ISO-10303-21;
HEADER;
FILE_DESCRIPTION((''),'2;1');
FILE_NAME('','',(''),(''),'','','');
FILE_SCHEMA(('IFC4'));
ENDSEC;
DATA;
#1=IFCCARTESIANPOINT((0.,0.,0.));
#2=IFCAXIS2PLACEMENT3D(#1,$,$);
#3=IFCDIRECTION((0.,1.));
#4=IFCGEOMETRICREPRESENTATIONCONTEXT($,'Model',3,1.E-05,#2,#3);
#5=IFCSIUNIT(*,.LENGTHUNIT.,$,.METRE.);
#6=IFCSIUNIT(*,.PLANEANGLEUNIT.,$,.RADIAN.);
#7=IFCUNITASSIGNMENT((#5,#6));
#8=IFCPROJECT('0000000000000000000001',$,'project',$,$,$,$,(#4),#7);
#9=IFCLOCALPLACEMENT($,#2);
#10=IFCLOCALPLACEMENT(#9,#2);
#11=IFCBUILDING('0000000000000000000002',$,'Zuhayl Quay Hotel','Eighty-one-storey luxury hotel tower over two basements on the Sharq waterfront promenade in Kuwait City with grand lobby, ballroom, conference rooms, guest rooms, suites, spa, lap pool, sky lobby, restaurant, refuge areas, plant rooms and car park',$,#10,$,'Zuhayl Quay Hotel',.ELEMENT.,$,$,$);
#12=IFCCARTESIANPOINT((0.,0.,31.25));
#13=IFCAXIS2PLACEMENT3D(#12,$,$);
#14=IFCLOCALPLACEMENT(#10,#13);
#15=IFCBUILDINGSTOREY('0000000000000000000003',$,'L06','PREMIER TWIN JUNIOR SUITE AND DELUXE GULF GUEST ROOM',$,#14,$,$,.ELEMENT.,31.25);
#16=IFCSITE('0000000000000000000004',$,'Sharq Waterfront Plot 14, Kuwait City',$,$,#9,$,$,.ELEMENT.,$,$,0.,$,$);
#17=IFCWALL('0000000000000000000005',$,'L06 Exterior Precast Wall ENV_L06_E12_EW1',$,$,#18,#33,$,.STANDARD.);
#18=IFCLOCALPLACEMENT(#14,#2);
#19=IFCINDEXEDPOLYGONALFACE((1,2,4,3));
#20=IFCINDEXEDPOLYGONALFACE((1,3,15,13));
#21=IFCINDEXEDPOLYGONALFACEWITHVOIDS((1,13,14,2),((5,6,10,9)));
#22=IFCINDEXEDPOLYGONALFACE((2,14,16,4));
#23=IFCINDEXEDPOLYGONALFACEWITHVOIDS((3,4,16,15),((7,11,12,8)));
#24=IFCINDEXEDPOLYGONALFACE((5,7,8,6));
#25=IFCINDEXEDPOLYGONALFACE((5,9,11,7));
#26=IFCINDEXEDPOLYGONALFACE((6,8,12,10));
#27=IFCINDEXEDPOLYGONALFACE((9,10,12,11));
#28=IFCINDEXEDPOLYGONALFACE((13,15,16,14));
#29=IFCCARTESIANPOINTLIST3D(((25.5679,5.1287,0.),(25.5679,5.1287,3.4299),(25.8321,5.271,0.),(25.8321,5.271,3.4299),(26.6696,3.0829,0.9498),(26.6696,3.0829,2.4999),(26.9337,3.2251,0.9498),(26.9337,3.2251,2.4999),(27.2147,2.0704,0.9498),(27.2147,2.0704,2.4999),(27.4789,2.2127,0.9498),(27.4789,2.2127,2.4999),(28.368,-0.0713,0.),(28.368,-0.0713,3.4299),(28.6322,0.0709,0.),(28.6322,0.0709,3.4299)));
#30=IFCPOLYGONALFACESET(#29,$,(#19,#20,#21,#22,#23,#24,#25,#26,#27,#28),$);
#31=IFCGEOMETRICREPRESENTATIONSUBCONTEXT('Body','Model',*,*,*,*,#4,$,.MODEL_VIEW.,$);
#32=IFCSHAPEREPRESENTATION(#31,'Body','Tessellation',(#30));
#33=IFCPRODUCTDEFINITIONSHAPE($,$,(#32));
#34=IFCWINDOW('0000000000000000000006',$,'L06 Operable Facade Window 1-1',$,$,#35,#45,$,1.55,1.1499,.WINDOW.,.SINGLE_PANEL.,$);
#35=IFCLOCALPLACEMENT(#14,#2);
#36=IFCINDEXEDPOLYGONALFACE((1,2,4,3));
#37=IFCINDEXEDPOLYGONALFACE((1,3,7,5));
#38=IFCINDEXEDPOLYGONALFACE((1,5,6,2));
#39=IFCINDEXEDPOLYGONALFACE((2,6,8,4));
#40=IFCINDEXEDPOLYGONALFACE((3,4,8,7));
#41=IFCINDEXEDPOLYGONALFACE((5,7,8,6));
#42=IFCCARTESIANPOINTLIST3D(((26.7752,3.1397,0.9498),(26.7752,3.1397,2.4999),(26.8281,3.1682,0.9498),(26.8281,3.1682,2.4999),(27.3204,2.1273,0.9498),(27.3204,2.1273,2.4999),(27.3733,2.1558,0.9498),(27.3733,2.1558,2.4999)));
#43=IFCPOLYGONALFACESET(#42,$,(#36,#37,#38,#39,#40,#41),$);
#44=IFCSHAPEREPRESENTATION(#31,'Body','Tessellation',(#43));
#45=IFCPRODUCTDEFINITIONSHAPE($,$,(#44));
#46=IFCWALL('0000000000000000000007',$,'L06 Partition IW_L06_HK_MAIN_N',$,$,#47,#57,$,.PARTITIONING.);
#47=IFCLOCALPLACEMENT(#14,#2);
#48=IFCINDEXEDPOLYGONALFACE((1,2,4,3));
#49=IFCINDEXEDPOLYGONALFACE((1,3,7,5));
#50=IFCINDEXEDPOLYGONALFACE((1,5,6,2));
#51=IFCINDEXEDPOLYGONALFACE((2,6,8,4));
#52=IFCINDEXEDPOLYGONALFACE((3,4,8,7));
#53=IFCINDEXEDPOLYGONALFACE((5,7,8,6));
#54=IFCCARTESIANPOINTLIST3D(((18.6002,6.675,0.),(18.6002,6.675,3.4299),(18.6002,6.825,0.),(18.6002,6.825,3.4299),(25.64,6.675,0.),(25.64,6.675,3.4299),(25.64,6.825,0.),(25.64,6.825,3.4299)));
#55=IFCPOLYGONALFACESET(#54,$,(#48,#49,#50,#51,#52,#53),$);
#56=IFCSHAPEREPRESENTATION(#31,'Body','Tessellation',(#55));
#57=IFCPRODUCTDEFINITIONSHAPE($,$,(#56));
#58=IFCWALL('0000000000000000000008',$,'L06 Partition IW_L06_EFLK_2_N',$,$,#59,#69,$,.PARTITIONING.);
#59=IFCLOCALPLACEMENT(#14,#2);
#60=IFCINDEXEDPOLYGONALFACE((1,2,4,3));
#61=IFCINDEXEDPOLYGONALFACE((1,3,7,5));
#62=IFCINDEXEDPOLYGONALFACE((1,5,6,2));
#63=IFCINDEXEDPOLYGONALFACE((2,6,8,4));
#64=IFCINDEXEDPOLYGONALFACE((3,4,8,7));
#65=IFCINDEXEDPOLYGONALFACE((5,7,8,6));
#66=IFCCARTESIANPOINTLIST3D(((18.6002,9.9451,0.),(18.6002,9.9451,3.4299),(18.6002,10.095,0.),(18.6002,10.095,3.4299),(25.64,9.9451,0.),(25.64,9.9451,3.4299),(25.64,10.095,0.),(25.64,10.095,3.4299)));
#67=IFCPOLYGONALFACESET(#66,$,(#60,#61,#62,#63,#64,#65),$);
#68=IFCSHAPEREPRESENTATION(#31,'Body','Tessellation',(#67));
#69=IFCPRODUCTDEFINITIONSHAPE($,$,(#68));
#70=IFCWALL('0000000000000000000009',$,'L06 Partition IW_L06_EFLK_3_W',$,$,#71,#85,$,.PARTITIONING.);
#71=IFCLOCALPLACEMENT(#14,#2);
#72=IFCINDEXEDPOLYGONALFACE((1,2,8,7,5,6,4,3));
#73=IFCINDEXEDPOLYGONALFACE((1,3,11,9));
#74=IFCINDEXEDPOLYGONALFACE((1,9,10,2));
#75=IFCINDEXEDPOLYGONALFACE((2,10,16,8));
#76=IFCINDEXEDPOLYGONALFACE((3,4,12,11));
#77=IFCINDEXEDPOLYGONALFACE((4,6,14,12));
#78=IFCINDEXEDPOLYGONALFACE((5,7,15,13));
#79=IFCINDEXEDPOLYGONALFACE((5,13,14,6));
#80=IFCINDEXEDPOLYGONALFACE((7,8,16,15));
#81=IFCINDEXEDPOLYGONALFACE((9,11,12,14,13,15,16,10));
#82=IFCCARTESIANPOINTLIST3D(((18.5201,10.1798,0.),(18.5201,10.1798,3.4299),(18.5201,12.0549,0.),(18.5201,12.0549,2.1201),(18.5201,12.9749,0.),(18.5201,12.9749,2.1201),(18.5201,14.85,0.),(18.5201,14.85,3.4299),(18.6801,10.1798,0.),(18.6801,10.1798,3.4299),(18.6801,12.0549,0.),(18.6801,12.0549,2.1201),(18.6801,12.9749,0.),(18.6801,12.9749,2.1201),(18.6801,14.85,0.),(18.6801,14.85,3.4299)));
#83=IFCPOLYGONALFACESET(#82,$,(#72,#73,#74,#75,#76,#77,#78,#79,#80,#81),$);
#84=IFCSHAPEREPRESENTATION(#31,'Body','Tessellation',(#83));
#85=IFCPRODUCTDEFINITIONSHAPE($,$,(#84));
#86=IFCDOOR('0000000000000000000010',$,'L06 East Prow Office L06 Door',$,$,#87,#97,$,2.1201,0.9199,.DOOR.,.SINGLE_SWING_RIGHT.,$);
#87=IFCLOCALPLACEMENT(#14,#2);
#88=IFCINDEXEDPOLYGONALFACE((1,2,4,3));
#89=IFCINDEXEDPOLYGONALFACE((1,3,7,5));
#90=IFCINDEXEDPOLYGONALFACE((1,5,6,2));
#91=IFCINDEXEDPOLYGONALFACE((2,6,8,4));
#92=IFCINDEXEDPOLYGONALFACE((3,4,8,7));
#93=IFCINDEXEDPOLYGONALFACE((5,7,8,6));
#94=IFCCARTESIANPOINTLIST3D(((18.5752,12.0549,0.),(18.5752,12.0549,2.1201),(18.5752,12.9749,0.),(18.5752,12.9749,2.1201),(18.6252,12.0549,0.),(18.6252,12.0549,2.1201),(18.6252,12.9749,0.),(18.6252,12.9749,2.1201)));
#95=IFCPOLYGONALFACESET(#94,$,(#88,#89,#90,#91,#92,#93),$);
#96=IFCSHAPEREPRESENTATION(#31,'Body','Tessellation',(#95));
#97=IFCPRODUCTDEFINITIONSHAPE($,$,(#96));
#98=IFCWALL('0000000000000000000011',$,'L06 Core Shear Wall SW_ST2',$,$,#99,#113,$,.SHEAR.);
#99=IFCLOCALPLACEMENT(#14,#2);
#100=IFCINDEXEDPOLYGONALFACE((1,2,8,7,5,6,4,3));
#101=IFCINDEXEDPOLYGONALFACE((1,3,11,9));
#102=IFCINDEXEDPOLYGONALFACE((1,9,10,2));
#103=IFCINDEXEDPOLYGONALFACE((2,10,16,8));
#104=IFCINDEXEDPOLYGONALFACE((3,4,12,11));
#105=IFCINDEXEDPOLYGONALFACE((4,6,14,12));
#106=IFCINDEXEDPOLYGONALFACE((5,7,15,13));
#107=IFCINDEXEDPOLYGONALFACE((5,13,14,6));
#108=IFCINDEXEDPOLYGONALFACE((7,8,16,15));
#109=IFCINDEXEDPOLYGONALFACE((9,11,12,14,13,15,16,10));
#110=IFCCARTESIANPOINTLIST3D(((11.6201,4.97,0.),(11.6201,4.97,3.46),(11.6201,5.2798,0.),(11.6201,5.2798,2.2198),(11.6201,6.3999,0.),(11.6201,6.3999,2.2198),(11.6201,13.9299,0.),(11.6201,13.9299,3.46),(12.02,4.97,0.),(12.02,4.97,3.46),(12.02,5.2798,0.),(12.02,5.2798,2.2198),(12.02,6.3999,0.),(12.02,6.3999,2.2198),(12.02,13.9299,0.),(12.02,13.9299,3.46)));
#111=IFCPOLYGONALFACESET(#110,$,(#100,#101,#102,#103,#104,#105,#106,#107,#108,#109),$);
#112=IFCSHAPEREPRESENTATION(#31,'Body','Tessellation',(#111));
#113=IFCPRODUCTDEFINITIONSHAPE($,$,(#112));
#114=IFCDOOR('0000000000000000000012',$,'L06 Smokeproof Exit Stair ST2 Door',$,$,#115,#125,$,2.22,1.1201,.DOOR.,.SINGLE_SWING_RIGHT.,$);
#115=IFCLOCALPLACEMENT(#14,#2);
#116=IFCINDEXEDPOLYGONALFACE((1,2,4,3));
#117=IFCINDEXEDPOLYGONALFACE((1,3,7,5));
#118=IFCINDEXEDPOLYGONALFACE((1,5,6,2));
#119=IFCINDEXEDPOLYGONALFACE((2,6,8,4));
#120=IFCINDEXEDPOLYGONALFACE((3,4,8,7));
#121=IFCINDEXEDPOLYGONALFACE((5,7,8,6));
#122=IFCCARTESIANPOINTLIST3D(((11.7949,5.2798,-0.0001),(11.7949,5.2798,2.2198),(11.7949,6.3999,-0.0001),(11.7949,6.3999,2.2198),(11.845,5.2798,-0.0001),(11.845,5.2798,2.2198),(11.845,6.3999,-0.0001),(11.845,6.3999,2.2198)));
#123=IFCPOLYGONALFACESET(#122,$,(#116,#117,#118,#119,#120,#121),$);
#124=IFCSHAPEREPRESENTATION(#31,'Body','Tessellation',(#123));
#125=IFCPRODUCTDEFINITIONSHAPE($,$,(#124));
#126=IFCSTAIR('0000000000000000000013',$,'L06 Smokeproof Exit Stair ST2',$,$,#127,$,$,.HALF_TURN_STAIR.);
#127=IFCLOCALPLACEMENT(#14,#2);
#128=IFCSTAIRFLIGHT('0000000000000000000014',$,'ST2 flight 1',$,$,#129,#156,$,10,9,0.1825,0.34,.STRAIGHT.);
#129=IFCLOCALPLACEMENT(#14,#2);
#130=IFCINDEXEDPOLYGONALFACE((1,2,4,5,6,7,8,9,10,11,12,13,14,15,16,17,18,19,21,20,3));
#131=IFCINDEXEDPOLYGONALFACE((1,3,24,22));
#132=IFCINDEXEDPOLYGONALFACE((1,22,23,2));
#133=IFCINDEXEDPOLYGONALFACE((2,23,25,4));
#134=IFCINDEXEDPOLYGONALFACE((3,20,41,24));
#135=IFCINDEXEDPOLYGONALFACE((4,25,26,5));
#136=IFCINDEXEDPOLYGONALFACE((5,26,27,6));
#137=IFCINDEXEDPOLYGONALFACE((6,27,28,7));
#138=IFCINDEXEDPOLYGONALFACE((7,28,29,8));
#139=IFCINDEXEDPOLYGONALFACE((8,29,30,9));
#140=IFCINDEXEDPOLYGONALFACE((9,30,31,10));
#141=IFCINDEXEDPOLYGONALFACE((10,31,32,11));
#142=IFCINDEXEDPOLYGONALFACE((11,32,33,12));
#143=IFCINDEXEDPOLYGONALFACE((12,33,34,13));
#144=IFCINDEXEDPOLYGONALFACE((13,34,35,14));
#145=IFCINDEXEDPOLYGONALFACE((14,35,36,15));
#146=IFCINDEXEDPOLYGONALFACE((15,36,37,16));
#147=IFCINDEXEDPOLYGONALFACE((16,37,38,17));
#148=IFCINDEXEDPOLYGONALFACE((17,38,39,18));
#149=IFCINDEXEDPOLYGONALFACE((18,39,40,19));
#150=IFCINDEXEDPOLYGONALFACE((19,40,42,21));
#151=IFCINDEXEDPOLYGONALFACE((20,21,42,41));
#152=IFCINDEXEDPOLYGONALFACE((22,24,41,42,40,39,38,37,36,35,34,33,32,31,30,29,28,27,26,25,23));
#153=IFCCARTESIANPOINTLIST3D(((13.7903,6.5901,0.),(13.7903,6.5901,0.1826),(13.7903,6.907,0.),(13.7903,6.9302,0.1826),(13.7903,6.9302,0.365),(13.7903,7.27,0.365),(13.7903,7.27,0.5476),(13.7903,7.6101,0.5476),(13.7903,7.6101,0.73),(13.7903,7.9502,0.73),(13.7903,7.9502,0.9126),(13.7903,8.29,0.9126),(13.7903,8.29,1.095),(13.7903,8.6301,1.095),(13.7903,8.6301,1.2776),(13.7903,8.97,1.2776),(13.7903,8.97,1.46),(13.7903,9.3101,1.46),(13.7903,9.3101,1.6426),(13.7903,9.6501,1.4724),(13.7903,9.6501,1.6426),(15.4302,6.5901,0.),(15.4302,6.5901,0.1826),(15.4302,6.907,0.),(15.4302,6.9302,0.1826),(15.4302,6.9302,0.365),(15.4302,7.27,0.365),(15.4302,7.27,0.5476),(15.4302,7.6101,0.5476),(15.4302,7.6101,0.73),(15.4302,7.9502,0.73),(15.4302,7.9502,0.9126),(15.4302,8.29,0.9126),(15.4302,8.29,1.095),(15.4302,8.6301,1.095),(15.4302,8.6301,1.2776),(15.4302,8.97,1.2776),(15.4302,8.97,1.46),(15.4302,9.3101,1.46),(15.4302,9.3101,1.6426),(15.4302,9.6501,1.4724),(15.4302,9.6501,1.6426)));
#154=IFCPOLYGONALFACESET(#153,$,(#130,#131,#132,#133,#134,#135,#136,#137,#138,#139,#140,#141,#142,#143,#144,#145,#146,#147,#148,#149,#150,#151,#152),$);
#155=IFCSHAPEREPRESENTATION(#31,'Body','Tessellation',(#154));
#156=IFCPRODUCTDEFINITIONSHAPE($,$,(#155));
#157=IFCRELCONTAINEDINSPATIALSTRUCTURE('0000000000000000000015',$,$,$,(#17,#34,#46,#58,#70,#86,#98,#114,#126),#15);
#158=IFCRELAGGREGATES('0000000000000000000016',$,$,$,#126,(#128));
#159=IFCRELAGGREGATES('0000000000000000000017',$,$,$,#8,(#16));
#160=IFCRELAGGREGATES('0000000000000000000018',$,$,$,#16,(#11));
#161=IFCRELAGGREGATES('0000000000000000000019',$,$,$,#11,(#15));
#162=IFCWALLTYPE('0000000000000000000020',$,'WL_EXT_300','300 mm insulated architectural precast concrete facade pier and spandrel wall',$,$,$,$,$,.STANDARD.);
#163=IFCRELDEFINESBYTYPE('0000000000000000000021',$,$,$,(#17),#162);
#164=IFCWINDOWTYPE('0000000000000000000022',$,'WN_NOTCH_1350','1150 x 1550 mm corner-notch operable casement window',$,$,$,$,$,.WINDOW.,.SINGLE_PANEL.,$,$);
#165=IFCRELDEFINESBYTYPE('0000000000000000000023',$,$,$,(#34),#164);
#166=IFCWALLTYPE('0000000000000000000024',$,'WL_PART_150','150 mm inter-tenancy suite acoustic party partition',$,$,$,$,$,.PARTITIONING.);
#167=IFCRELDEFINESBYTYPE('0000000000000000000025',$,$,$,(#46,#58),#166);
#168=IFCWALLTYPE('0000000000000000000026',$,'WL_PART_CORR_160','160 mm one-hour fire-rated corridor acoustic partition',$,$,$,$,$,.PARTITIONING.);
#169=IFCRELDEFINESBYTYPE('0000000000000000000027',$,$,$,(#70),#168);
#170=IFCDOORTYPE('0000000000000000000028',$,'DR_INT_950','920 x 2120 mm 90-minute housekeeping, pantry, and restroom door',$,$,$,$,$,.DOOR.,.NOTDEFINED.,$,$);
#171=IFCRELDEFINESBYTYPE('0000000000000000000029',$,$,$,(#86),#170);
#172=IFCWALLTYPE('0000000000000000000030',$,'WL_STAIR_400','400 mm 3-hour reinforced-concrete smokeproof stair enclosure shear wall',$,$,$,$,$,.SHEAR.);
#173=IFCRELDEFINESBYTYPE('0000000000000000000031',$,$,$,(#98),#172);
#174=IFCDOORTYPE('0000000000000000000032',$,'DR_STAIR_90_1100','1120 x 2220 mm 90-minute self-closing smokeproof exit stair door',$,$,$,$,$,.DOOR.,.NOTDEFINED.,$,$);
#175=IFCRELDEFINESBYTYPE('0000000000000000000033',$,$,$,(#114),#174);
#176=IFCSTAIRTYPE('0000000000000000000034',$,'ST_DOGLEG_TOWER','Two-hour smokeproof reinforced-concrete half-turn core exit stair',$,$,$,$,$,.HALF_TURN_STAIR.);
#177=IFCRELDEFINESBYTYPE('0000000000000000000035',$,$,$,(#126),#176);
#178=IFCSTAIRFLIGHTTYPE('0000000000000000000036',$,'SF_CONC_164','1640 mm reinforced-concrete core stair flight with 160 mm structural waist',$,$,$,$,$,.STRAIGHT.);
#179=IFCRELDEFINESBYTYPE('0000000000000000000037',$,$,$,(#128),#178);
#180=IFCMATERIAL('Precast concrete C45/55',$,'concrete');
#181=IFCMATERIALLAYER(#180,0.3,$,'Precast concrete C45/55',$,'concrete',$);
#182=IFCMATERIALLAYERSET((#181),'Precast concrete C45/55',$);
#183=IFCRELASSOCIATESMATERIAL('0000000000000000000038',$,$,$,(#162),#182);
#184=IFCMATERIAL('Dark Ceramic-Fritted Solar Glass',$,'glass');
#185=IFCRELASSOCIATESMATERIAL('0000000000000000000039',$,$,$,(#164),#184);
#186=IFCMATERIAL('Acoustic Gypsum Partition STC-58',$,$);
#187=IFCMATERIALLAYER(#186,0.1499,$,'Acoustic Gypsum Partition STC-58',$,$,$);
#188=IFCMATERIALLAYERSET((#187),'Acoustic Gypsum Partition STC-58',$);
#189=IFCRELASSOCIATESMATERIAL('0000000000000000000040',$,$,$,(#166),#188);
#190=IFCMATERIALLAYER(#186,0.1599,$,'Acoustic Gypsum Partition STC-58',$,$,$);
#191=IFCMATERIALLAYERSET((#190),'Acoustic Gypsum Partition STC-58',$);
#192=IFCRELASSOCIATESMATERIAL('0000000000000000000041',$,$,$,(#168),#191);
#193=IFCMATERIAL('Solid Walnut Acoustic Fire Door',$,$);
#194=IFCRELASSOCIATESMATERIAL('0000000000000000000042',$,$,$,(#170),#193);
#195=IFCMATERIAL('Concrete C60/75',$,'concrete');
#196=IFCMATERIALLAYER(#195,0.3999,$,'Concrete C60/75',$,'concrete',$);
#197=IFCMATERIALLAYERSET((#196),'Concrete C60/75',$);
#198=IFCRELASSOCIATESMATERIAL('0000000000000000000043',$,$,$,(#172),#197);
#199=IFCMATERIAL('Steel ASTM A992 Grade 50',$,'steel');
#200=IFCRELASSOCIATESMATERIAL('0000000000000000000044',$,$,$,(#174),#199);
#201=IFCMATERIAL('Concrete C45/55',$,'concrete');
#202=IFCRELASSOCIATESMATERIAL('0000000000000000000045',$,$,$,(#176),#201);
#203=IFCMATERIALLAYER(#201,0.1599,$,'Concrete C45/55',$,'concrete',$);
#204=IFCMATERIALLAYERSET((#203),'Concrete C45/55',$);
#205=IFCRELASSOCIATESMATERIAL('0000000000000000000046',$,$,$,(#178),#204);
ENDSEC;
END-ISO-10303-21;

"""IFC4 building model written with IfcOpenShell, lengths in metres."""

from ifc_helpers import new_model, si_unit, direction, frame, frame_2d, origin, place, context, subcontext, project, spatial, polyline, rectangle, outline, extrude, material, layer, layer_set, type_object, element, fill, aggregate, save


model = new_model("IFC4")

# Units and contexts
model_context = context("Model", 3, precision=1e-05, world=origin(), true_north=direction((0.0, 1.0)))
body_context = subcontext(model_context, "Body", "Model", "MODEL_VIEW")
ifc_project = project(units=[si_unit("LENGTHUNIT", "METRE"), si_unit("PLANEANGLEUNIT", "RADIAN")], contexts=[model_context])

# Site, building, storey
site_placement = place(None, origin())
site = spatial("IfcSite", under=ifc_project, at=site_placement, Name="Sharq Waterfront Plot 14, Kuwait City", CompositionType="ELEMENT", RefElevation=0.0)
building_placement = place(site_placement, origin())
building = spatial("IfcBuilding", under=site, at=building_placement, Name="Zuhayl Quay Hotel", Description="Eighty-one-storey luxury hotel tower over two basements on the Sharq waterfront promenade in Kuwait City with grand lobby, ballroom, conference rooms, guest rooms, suites, spa, lap pool, sky lobby, restaurant, refuge areas, plant rooms and car park", LongName="Zuhayl Quay Hotel", CompositionType="ELEMENT")
storey_placement = place(building_placement, frame((0.0, 0.0, 31.25)))
storey = spatial("IfcBuildingStorey", under=building, at=storey_placement, Name="L06", Description="PREMIER TWIN JUNIOR SUITE AND DELUXE GULF GUEST ROOM", CompositionType="ELEMENT", Elevation=31.25)

# Shared definitions
ifc_material_1 = material(Name="Dark Ceramic-Fritted Solar Glass", Category="glass")

# Shared definitions
ifc_material_2 = material(Name="Precast concrete C45/55", Category="concrete")
ifc_layer_1 = layer(ifc_material_2, 0.3, Name="Precast concrete C45/55", Category="concrete")
ifc_layer_set_1 = layer_set([ifc_layer_1], Name="Precast concrete C45/55")
wall_type_1 = type_object("IfcWallType", Name="WL_EXT_300", Description="300 mm insulated architectural precast concrete facade pier and spandrel wall", PredefinedType="STANDARD", material=ifc_layer_set_1)

# Wall, opening, window
wall_1_placement = place(storey_placement, frame((25.7, 5.2, 0.0), z_axis=(0.0, 0.0, 1.0), x_axis=(0.47411, -0.880466, 0.0)))
wall_1 = element("IfcWall", 1, at=wall_1_placement, inside=storey, type_object=wall_type_1, Name="L06 Exterior Precast Wall ENV_L06_E12_EW1", PredefinedType="STANDARD", context=body_context, shape_type="SweptSolid", body=[
    extrude(rectangle(XDim=5.906, YDim=0.3, at=frame_2d((2.9531, 0.0))), origin(), (0.0, 0.0, 1.0), 3.4299),
])
opening_1_placement = place(wall_1_placement, frame((2.3237, 0.0, 0.95)))
opening_1 = element("IfcOpeningElement", 2, at=opening_1_placement, cuts=wall_1, PredefinedType="OPENING", context=body_context, shape_type="SweptSolid", body=[
    extrude(rectangle(XDim=1.1499, YDim=1.55, at=frame_2d((0.575, 0.7749))), frame((0.0, 0.1599, 0.0), z_axis=(0.0, -1.0, 0.0), x_axis=(1.0, 0.0, 0.0)), (0.0, 0.0, 1.0), 0.3201),
])
window_type = type_object("IfcWindowType", Name="WN_NOTCH_1350", Description="1150 x 1550 mm corner-notch operable casement window", PartitioningType="SINGLE_PANEL", PredefinedType="WINDOW", material=ifc_material_1)
window_placement = place(opening_1_placement, origin())
window = element("IfcWindow", 3, at=window_placement, inside=storey, type_object=window_type, Name="L06 Operable Facade Window 1-1", OverallHeight=1.55, OverallWidth=1.1499, PartitioningType="SINGLE_PANEL", PredefinedType="WINDOW", context=body_context, shape_type="SweptSolid", body=[
    extrude(rectangle(XDim=1.1499, YDim=1.55, at=frame_2d((0.575, 0.7749))), frame((0.0, 0.03, 0.0), z_axis=(0.0, -1.0, 0.0), x_axis=(1.0, 0.0, 0.0)), (0.0, 0.0, 1.0), 0.0601),
])
fill(opening_1, window)

# Walls
ifc_material_3 = material(Name="Acoustic Gypsum Partition STC-58")
ifc_layer_2 = layer(ifc_material_3, 0.1499, Name="Acoustic Gypsum Partition STC-58")
ifc_layer_set_2 = layer_set([ifc_layer_2], Name="Acoustic Gypsum Partition STC-58")
wall_type_2 = type_object("IfcWallType", Name="WL_PART_150", Description="150 mm inter-tenancy suite acoustic party partition", PredefinedType="PARTITIONING", material=ifc_layer_set_2)
for number, where, z_axis, x_axis, name in (
    (4, (18.6001, 6.75, 0.0), (0.0, 0.0, 1.0), (1.0, 0.0, 0.0), "L06 Partition IW_L06_HK_MAIN_N"),
    (5, (18.6001, 10.02, 0.0), (0.0, 0.0, 1.0), (1.0, 0.0, 0.0), "L06 Partition IW_L06_EFLK_2_N"),
):
    element("IfcWall", number, at=place(storey_placement, frame(where, z_axis=z_axis, x_axis=x_axis)), inside=storey, type_object=wall_type_2, Name=name, PredefinedType="PARTITIONING", context=body_context, shape_type="SweptSolid", body=[
        extrude(rectangle(XDim=7.0398, YDim=0.1499, at=frame_2d((3.52, 0.0))), origin(), (0.0, 0.0, 1.0), 3.4299),
    ])

# Walls, openings, doors
ifc_layer_3 = layer(ifc_material_3, 0.1599, Name="Acoustic Gypsum Partition STC-58")
ifc_layer_set_3 = layer_set([ifc_layer_3], Name="Acoustic Gypsum Partition STC-58")
wall_type_3 = type_object("IfcWallType", Name="WL_PART_CORR_160", Description="160 mm one-hour fire-rated corridor acoustic partition", PredefinedType="PARTITIONING", material=ifc_layer_set_3)
ifc_material_4 = material(Name="Solid Walnut Acoustic Fire Door")
door_type_1 = type_object("IfcDoorType", Name="DR_INT_950", Description="920 x 2120 mm 90-minute housekeeping, pantry, and restroom door", OperationType="NOTDEFINED", PredefinedType="DOOR", material=ifc_material_4)
wall_2_placement = place(storey_placement, frame((18.6001, 10.1799, 0.0), z_axis=(0.0, 0.0, 1.0), x_axis=(0.0, 1.0, 0.0)))
wall_2 = element("IfcWall", 6, at=wall_2_placement, inside=storey, type_object=wall_type_3, Name="L06 Partition IW_L06_EFLK_3_W", PredefinedType="PARTITIONING", context=body_context, shape_type="SweptSolid", body=[
    extrude(rectangle(XDim=4.6702, YDim=0.1599, at=frame_2d((2.335, 0.0))), origin(), (0.0, 0.0, 1.0), 3.4299),
])
opening_2_placement = place(wall_2_placement, frame((1.875, 0.0, 0.0)))
opening_2 = element("IfcOpeningElement", 7, at=opening_2_placement, cuts=wall_2, PredefinedType="OPENING", context=body_context, shape_type="SweptSolid", body=[
    extrude(rectangle(XDim=0.9199, YDim=2.1201, at=frame_2d((0.46, 1.0601))), frame((0.0, 0.0898, 0.0), z_axis=(0.0, -1.0, 0.0), x_axis=(1.0, 0.0, 0.0)), (0.0, 0.0, 1.0), 0.1799),
])
door_1_placement = place(opening_2_placement, origin())
door_1 = element("IfcDoor", 8, at=door_1_placement, inside=storey, type_object=door_type_1, Name="L06 East Prow Office L06 Door", OperationType="SINGLE_SWING_RIGHT", OverallHeight=2.1201, OverallWidth=0.9199, PredefinedType="DOOR", context=body_context, shape_type="SweptSolid", body=[
    extrude(rectangle(XDim=0.9199, YDim=2.1201, at=frame_2d((0.46, 1.0601))), frame((0.0, 0.0249, 0.0), z_axis=(0.0, -1.0, 0.0), x_axis=(1.0, 0.0, 0.0)), (0.0, 0.0, 1.0), 0.05),
])
fill(opening_2, door_1)
ifc_material_5 = material(Name="Concrete C60/75", Category="concrete")
ifc_layer_4 = layer(ifc_material_5, 0.3999, Name="Concrete C60/75", Category="concrete")
ifc_layer_set_4 = layer_set([ifc_layer_4], Name="Concrete C60/75")
wall_type_4 = type_object("IfcWallType", Name="WL_STAIR_400", Description="400 mm 3-hour reinforced-concrete smokeproof stair enclosure shear wall", PredefinedType="SHEAR", material=ifc_layer_set_4)
wall_3_placement = place(storey_placement, frame((11.8201, 13.9299, 0.0), z_axis=(0.0, 0.0, 1.0), x_axis=(0.0, -1.0, 0.0)))
wall_3 = element("IfcWall", 9, at=wall_3_placement, inside=storey, type_object=wall_type_4, Name="L06 Core Shear Wall SW_ST2", PredefinedType="SHEAR", context=body_context, shape_type="SweptSolid", body=[
    extrude(rectangle(XDim=8.96, YDim=0.3999, at=frame_2d((4.48, 0.0))), origin(), (0.0, 0.0, 1.0), 3.46),
])
opening_3_placement = place(wall_3_placement, frame((7.53, 0.0, 0.0)))
opening_3 = element("IfcOpeningElement", 10, at=opening_3_placement, cuts=wall_3, PredefinedType="OPENING", context=body_context, shape_type="SweptSolid", body=[
    extrude(rectangle(XDim=1.1201, YDim=2.22, at=frame_2d((0.5601, 1.1099))), frame((0.0, 0.21, 0.0), z_axis=(0.0, -1.0, 0.0), x_axis=(1.0, 0.0, 0.0)), (0.0, 0.0, 1.0), 0.4199),
])
ifc_material_6 = material(Name="Steel ASTM A992 Grade 50", Category="steel")
door_type_2 = type_object("IfcDoorType", Name="DR_STAIR_90_1100", Description="1120 x 2220 mm 90-minute self-closing smokeproof exit stair door", OperationType="NOTDEFINED", PredefinedType="DOOR", material=ifc_material_6)
door_2_placement = place(opening_3_placement, origin())
door_2 = element("IfcDoor", 11, at=door_2_placement, inside=storey, type_object=door_type_2, Name="L06 Smokeproof Exit Stair ST2 Door", OperationType="SINGLE_SWING_RIGHT", OverallHeight=2.22, OverallWidth=1.1201, PredefinedType="DOOR", context=body_context, shape_type="SweptSolid", body=[
    extrude(rectangle(XDim=1.1201, YDim=2.22, at=frame_2d((0.5601, 1.1099))), frame((0.0, 0.0249, 0.0), z_axis=(0.0, -1.0, 0.0), x_axis=(1.0, 0.0, 0.0)), (0.0, 0.0, 1.0), 0.05),
])
fill(opening_3, door_2)

# Stair, stair flight
ifc_material_7 = material(Name="Concrete C45/55", Category="concrete")
stair_type = type_object("IfcStairType", Name="ST_DOGLEG_TOWER", Description="Two-hour smokeproof reinforced-concrete half-turn core exit stair", PredefinedType="HALF_TURN_STAIR", material=ifc_material_7)
stair_placement = place(storey_placement, origin())
stair = element("IfcStair", 12, at=stair_placement, inside=storey, type_object=stair_type, Name="L06 Smokeproof Exit Stair ST2", PredefinedType="HALF_TURN_STAIR")
ifc_layer_5 = layer(ifc_material_7, 0.1599, Name="Concrete C45/55", Category="concrete")
ifc_layer_set_5 = layer_set([ifc_layer_5], Name="Concrete C45/55")
stair_flight_type = type_object("IfcStairFlightType", Name="SF_CONC_164", Description="1640 mm reinforced-concrete core stair flight with 160 mm structural waist", PredefinedType="STRAIGHT", material=ifc_layer_set_5)
stair_flight_1_placement = place(storey_placement, frame((14.6101, 6.5901, 0.0), z_axis=(0.0, 0.0, 1.0), x_axis=(0.0, 1.0, 0.0)))
stair_flight_1 = element("IfcStairFlight", 13, at=stair_flight_1_placement, type_object=stair_flight_type, Name="ST2 flight 1", NumberOfRisers=10, NumberOfTreads=9, PredefinedType="STRAIGHT", RiserHeight=0.1825, TreadLength=0.34, context=body_context, shape_type="SweptSolid", body=[
    extrude(outline(polyline([(0.0, 0.0), (0.0, 0.1826), (0.3401, 0.1826), (0.3401, 0.365), (0.6799, 0.365), (0.6799, 0.5476), (1.02, 0.5476), (1.02, 0.73), (1.3601, 0.73), (1.3601, 0.9126), (1.7, 0.9126), (1.7, 1.095), (2.04, 1.095), (2.04, 1.2776), (2.3799, 1.2776), (2.3799, 1.46), (2.72, 1.46), (2.72, 1.6426), (3.0601, 1.6426), (3.0601, 1.825), (3.0601, 1.4724), (0.3169, 0.0), (0.0, 0.0)])), frame((0.0, 0.8198, 0.0), z_axis=(0.0, -1.0, 0.0), x_axis=(1.0, 0.0, 0.0)), (0.0, 0.0, 1.0), 1.6399),
])
aggregate(stair, [stair_flight_1])

save(model, "model.ifc")
